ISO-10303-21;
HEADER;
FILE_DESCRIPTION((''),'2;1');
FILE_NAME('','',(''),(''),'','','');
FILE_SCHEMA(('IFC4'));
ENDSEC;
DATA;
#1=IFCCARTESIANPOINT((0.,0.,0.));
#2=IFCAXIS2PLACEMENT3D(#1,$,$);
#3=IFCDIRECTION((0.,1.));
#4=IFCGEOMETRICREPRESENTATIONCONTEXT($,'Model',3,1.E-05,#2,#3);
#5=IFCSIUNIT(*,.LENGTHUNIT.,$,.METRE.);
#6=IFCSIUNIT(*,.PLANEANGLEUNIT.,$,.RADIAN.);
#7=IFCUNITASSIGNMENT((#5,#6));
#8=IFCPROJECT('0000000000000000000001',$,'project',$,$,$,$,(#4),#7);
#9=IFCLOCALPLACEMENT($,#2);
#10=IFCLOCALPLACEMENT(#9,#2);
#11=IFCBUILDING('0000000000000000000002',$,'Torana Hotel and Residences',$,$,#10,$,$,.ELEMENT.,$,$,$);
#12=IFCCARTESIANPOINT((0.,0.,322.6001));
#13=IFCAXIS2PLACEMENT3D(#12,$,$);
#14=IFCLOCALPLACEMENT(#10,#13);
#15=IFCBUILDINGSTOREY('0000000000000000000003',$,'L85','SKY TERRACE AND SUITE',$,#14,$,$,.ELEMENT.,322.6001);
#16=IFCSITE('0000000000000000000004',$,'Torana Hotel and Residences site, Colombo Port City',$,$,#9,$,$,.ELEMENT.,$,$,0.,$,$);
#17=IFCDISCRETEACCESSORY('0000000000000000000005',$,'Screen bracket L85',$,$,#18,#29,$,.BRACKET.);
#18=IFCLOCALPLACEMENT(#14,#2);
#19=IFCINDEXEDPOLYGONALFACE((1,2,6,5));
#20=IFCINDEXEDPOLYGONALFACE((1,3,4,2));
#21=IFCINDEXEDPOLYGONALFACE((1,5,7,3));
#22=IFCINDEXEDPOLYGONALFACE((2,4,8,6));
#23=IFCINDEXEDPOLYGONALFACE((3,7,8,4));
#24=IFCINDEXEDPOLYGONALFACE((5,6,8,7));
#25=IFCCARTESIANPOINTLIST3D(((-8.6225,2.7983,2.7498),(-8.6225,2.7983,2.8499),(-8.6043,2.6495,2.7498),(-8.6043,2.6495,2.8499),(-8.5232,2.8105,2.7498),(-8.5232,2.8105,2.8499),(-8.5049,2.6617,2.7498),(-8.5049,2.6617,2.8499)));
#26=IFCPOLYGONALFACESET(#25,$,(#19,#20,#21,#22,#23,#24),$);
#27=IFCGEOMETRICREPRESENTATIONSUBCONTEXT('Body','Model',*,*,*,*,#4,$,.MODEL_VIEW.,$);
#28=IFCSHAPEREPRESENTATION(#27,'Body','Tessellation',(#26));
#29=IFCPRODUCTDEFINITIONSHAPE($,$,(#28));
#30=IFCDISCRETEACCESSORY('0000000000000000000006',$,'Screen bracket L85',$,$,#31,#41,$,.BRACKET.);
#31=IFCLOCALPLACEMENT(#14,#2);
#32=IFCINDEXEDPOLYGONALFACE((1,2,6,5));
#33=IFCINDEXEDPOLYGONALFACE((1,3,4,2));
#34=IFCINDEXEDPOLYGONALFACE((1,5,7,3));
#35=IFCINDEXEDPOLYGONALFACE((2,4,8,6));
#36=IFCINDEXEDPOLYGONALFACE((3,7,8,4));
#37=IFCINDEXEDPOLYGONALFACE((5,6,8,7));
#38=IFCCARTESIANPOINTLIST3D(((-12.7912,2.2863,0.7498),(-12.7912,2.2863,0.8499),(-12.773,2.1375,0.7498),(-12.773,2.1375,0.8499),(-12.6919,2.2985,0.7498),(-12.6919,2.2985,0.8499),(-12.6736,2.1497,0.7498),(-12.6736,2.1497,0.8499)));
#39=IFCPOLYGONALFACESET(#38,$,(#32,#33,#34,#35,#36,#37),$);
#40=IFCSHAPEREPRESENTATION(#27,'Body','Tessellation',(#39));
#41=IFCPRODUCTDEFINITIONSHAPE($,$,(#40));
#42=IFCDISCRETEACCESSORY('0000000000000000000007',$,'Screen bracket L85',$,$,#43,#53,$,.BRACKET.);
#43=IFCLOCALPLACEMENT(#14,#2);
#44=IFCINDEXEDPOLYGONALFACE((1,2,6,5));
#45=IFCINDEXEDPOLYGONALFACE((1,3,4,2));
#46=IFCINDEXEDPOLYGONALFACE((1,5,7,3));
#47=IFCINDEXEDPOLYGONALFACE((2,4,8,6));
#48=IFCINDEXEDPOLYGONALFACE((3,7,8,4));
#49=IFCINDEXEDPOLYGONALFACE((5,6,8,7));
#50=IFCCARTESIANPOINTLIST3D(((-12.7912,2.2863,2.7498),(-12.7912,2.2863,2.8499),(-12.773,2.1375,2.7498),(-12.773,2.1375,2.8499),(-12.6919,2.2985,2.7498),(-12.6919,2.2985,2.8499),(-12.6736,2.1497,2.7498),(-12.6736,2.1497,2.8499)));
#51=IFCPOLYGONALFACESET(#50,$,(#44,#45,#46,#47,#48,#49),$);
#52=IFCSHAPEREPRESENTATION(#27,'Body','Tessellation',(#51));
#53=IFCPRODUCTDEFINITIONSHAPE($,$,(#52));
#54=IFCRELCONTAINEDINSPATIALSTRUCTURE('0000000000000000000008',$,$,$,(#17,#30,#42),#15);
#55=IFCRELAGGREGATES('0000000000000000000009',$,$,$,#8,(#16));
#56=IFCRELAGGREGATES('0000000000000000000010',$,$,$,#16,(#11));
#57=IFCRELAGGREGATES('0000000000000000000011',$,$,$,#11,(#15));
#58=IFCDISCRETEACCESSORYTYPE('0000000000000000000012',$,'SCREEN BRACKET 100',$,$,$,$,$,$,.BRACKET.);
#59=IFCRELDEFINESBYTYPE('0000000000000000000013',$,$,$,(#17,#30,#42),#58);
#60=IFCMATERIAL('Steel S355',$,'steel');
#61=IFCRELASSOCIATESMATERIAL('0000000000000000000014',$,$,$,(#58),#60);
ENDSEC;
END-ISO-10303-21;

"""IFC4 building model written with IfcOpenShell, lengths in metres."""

from ifc_helpers import new_model, si_unit, direction, frame, origin, origin_2d, place, context, subcontext, project, spatial, rectangle, extrude, material, type_object, element, save


model = new_model("IFC4")

# Units and contexts
model_context = context("Model", 3, precision=1e-05, world=origin(), true_north=direction((0.0, 1.0)))
body_context = subcontext(model_context, "Body", "Model", "MODEL_VIEW")
ifc_project = project(units=[si_unit("LENGTHUNIT", "METRE"), si_unit("PLANEANGLEUNIT", "RADIAN")], contexts=[model_context])

# Site, building, storey
site_placement = place(None, origin())
site = spatial("IfcSite", under=ifc_project, at=site_placement, Name="Torana Hotel and Residences site, Colombo Port City", CompositionType="ELEMENT", RefElevation=0.0)
building_placement = place(site_placement, origin())
building = spatial("IfcBuilding", under=site, at=building_placement, Name="Torana Hotel and Residences", CompositionType="ELEMENT")
storey_placement = place(building_placement, frame((0.0, 0.0, 322.6001)))
storey = spatial("IfcBuildingStorey", under=building, at=storey_placement, Name="L85", Description="SKY TERRACE AND SUITE", CompositionType="ELEMENT", Elevation=322.6001)

# Discrete accessories
ifc_material_1 = material(Name="Steel S355", Category="steel")
discrete_accessory_type = type_object("IfcDiscreteAccessoryType", Name="SCREEN BRACKET 100", PredefinedType="BRACKET", material=ifc_material_1)
for number, where, z_axis, x_axis, name in (
    (1, (-8.5637, 2.73, 2.7498), (0.0, 0.0, 1.0), (-0.992547, -0.121866, 0.0), "Screen bracket L85"),
    (2, (-12.7324, 2.218, 0.7498), (0.0, 0.0, 1.0), (-0.992547, -0.121866, 0.0), "Screen bracket L85"),
    (3, (-12.7324, 2.218, 2.7498), (0.0, 0.0, 1.0), (-0.992547, -0.121866, 0.0), "Screen bracket L85"),
):
    element("IfcDiscreteAccessory", number, at=place(storey_placement, frame(where, z_axis=z_axis, x_axis=x_axis)), inside=storey, type_object=discrete_accessory_type, Name=name, PredefinedType="BRACKET", context=body_context, shape_type="SweptSolid", body=[
        extrude(rectangle(XDim=0.1001, YDim=0.1499, at=origin_2d()), origin(), (0.0, 0.0, 1.0), 0.1001),
    ])

save(model, "model.ifc")
